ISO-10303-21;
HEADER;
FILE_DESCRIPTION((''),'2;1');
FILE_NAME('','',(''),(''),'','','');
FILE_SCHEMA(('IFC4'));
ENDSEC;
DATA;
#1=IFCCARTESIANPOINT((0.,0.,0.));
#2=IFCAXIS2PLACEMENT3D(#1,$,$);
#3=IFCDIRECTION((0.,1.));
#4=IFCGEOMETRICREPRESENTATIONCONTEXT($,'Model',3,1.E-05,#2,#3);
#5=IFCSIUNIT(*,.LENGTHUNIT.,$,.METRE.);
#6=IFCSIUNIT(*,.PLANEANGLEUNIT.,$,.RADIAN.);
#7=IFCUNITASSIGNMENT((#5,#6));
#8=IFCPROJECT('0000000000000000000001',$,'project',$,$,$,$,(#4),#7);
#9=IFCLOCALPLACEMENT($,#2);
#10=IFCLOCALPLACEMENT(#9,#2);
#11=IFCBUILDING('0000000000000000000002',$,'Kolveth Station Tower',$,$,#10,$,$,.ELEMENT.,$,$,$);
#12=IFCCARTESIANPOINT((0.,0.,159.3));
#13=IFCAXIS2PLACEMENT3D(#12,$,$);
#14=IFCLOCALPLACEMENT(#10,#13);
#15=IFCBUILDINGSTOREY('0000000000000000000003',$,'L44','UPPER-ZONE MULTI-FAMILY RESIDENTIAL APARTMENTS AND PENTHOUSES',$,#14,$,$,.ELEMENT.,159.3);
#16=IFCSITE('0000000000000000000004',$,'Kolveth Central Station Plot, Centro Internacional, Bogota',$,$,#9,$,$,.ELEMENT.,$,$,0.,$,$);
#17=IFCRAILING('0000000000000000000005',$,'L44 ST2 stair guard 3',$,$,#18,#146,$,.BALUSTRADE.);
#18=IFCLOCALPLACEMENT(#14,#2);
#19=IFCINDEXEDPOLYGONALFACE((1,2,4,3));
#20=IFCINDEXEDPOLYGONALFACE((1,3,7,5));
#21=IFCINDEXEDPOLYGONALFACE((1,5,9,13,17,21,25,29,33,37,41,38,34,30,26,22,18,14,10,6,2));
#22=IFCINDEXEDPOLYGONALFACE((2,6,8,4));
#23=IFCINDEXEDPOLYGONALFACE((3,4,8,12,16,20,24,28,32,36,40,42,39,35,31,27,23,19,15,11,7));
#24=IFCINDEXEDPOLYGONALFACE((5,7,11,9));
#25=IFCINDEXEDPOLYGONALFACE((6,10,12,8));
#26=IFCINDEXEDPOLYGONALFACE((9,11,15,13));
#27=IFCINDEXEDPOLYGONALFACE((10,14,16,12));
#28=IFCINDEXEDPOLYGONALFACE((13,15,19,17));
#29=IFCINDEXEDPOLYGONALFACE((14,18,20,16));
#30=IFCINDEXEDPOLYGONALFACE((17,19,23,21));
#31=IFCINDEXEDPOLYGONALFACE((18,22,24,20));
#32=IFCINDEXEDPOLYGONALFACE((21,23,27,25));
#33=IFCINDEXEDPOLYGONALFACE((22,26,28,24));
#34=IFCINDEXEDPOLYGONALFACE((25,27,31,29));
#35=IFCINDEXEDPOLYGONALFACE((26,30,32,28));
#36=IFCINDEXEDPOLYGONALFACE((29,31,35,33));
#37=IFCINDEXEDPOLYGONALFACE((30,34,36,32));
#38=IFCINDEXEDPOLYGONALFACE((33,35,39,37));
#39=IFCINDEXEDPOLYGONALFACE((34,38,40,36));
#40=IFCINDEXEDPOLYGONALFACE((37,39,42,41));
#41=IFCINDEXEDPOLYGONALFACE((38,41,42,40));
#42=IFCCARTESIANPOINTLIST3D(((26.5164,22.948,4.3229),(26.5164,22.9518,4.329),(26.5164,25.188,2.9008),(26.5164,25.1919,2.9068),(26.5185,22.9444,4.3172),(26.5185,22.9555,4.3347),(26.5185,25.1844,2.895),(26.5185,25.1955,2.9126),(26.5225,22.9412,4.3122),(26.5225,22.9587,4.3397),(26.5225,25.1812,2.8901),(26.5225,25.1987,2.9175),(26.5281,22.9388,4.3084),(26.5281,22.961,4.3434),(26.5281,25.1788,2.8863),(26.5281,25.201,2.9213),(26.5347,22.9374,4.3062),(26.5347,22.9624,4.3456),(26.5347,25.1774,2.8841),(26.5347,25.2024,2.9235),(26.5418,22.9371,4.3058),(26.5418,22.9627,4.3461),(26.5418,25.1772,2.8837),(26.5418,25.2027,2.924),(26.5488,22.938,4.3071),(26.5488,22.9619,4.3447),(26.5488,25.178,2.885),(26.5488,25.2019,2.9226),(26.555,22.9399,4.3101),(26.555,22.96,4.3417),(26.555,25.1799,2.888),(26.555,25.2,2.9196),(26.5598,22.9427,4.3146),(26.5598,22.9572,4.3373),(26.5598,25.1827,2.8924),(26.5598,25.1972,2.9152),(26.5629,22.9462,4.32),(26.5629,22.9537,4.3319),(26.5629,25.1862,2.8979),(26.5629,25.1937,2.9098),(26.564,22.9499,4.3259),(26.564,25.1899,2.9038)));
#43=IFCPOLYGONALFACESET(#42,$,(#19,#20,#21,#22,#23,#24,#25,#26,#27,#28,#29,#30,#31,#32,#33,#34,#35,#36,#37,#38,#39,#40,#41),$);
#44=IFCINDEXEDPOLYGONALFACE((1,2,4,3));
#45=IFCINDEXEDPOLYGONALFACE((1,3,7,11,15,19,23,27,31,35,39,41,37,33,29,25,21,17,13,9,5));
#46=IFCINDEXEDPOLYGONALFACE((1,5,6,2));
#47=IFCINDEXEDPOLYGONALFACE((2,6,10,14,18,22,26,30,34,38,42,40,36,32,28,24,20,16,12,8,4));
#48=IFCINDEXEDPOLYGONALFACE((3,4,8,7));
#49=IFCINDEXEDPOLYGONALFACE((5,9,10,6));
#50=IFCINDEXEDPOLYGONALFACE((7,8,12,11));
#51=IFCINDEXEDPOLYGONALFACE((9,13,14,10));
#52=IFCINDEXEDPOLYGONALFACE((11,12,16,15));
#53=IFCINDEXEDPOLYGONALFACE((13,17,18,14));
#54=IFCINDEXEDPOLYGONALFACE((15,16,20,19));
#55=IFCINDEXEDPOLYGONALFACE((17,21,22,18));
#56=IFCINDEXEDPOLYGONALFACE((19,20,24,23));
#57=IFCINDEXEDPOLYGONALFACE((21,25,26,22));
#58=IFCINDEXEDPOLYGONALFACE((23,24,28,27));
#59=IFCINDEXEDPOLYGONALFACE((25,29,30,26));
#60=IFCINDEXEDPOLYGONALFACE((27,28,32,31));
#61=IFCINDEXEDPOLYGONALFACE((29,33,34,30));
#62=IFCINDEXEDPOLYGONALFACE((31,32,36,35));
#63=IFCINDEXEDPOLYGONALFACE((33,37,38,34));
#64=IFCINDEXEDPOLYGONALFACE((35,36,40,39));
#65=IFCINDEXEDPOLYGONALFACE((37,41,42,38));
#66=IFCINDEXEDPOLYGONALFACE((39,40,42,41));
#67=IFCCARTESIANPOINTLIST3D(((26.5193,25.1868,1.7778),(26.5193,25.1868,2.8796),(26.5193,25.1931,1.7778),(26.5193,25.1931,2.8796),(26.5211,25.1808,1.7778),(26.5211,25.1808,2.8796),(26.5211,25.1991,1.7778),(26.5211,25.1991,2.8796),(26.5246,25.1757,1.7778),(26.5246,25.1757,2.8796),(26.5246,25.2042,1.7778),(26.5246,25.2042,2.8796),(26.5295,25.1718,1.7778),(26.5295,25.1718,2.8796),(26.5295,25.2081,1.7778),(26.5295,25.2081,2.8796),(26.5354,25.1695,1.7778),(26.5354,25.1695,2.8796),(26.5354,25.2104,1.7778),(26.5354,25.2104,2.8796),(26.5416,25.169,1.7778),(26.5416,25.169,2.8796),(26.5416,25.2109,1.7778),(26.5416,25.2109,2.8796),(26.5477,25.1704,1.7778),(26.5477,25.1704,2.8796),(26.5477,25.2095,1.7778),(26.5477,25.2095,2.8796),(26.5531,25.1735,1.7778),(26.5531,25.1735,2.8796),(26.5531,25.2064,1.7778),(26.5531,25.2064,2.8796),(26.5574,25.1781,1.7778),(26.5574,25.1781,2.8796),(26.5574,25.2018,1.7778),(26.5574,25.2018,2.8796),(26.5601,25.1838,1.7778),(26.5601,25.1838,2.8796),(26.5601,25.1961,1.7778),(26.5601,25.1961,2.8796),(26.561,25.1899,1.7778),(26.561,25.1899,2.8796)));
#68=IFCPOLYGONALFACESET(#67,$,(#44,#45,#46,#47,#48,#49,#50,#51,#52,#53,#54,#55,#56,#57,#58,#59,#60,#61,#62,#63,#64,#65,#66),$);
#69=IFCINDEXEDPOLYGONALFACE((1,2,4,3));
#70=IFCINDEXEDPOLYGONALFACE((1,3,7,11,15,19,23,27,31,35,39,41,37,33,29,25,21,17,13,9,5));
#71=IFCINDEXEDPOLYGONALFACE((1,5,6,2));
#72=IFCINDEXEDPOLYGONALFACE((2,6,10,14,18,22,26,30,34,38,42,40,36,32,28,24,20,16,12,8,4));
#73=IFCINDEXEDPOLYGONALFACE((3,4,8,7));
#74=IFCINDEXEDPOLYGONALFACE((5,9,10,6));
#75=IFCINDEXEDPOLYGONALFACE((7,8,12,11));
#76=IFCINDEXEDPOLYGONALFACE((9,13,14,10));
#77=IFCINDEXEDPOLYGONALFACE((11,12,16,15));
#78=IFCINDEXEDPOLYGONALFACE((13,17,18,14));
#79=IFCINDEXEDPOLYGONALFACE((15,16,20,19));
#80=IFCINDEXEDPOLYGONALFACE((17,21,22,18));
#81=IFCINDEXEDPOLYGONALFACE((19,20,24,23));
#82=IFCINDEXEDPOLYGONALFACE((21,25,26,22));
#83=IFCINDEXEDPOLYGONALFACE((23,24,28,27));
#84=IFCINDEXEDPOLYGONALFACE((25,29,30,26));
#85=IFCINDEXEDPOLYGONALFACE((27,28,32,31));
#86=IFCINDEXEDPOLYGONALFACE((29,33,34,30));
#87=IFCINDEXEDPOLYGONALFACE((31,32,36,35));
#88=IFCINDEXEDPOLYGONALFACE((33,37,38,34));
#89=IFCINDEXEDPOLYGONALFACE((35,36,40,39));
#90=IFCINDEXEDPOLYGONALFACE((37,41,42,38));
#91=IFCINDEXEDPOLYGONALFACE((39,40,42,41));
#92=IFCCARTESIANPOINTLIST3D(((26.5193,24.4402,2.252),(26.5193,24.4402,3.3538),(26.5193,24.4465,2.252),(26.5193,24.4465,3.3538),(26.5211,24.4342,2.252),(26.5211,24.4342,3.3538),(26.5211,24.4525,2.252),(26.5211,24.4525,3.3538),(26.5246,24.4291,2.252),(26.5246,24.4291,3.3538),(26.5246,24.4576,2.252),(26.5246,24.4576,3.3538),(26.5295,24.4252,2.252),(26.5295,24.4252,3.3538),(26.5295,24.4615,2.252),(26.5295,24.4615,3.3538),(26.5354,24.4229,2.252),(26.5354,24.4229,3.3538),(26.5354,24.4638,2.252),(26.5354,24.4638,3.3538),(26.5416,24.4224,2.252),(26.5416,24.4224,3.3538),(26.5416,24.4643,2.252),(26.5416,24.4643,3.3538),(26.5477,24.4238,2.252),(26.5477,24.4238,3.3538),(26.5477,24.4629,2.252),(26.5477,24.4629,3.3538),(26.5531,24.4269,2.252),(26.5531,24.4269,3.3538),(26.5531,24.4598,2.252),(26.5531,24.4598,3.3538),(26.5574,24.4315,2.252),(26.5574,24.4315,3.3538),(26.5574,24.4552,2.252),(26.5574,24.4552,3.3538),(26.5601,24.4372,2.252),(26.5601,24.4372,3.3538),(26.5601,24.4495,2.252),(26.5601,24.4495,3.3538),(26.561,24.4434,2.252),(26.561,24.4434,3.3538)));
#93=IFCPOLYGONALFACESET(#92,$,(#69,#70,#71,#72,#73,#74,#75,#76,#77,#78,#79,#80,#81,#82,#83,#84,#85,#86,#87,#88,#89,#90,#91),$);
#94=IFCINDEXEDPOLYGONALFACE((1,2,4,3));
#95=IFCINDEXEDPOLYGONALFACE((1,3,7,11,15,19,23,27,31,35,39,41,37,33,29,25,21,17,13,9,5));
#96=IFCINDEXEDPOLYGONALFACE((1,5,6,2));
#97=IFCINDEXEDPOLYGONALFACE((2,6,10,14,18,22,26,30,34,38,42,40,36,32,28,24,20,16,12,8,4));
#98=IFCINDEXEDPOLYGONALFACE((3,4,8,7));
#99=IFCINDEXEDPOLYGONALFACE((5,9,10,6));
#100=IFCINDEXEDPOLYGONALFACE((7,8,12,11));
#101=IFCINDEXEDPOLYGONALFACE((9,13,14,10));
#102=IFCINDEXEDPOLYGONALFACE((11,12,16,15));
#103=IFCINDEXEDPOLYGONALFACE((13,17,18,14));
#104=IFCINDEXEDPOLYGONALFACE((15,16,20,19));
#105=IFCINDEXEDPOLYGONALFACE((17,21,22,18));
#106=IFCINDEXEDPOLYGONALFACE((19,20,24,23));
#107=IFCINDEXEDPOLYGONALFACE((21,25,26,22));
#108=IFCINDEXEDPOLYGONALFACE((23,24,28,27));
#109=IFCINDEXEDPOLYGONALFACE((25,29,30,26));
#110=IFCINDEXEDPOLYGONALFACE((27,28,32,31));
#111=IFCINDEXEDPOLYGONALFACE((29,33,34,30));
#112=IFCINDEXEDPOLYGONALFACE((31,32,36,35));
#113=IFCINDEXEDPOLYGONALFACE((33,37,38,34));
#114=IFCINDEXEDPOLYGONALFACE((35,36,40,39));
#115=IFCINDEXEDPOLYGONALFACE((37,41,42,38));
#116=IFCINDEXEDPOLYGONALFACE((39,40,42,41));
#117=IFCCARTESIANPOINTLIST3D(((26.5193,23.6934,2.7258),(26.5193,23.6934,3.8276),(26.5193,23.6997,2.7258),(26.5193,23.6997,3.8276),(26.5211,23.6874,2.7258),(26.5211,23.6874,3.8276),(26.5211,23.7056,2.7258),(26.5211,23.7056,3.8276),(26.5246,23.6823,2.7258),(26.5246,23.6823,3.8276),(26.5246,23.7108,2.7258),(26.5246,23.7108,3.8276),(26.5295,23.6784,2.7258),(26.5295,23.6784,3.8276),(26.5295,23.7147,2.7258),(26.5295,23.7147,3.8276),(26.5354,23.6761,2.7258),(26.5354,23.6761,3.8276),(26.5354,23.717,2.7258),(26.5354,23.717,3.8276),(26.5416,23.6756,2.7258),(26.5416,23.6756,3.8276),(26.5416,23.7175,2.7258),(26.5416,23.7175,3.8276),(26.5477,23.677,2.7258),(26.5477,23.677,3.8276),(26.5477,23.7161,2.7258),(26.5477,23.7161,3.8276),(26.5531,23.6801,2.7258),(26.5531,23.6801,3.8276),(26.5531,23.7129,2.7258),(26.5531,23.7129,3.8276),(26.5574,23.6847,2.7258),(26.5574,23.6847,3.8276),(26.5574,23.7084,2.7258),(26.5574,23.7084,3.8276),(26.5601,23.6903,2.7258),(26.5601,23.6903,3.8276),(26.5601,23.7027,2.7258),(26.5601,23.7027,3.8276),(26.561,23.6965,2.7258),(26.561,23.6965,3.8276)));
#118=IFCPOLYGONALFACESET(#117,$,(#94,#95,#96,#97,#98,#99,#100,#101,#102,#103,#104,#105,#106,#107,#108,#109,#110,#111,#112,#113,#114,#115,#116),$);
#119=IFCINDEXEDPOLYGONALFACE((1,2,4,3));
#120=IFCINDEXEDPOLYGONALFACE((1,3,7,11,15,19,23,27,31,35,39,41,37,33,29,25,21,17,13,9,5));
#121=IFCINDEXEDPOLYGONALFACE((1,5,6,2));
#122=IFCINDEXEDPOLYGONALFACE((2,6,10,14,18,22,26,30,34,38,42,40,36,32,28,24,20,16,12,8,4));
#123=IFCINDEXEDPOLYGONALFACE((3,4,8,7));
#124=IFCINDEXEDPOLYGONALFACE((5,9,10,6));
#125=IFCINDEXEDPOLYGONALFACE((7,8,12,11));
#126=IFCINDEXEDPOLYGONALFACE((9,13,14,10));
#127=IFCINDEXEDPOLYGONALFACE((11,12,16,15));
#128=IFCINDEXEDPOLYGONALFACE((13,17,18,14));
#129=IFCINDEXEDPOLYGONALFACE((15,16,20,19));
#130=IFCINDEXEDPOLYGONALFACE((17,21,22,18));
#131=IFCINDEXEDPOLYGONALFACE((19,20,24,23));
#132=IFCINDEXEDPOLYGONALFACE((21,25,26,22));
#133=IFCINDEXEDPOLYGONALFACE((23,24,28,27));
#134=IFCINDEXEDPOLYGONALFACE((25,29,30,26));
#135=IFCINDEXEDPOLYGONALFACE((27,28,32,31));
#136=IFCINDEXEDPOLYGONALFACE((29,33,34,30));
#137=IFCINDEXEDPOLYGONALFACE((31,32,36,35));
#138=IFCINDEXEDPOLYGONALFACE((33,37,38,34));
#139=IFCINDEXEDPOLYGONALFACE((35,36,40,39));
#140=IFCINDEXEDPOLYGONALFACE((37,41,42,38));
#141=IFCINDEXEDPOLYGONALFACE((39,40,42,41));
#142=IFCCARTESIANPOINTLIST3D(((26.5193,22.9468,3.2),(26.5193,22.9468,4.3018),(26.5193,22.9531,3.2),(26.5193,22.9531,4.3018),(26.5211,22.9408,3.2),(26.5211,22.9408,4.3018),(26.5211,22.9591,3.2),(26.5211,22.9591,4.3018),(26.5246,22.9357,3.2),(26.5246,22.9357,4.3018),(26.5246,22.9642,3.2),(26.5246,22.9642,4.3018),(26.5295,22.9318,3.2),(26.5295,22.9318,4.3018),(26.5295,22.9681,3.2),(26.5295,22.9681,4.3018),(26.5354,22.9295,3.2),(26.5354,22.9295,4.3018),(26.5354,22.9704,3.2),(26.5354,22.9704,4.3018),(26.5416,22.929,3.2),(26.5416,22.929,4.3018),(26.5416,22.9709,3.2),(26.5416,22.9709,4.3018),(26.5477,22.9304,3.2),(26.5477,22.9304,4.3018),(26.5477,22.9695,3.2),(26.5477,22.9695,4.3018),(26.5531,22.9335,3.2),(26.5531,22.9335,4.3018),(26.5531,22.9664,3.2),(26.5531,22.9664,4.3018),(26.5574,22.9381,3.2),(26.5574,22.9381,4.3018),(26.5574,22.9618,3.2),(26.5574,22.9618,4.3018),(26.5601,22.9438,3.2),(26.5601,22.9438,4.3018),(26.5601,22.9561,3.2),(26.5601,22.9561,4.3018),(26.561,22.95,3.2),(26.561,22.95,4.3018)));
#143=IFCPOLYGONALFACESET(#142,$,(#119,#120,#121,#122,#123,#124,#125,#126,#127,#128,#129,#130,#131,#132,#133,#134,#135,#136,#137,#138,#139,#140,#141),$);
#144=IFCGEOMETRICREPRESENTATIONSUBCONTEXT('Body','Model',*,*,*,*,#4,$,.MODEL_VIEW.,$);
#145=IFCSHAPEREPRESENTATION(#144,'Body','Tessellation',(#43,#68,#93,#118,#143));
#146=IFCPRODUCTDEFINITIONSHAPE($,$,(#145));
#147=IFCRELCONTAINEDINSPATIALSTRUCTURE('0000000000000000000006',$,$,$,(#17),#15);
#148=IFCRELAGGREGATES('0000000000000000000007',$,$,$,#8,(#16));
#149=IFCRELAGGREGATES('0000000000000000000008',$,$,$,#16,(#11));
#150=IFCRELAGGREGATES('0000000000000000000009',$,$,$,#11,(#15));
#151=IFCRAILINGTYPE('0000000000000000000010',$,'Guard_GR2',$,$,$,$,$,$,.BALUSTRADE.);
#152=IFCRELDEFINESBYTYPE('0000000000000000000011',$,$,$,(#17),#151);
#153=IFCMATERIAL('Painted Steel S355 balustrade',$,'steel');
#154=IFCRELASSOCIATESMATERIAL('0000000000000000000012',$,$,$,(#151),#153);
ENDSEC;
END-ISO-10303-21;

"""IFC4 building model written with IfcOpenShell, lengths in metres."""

from ifc_helpers import new_model, si_unit, direction, frame, origin, origin_2d, place, context, subcontext, project, spatial, circle, extrude, material, type_object, element, save


model = new_model("IFC4")

# Units and contexts
model_context = context("Model", 3, precision=1e-05, world=origin(), true_north=direction((0.0, 1.0)))
body_context = subcontext(model_context, "Body", "Model", "MODEL_VIEW")
ifc_project = project(units=[si_unit("LENGTHUNIT", "METRE"), si_unit("PLANEANGLEUNIT", "RADIAN")], contexts=[model_context])

# Site, building, storey
site_placement = place(None, origin())
site = spatial("IfcSite", under=ifc_project, at=site_placement, Name="Kolveth Central Station Plot, Centro Internacional, Bogota", CompositionType="ELEMENT", RefElevation=0.0)
building_placement = place(site_placement, origin())
building = spatial("IfcBuilding", under=site, at=building_placement, Name="Kolveth Station Tower", CompositionType="ELEMENT")
storey_placement = place(building_placement, frame((0.0, 0.0, 159.3)))
storey = spatial("IfcBuildingStorey", under=building, at=storey_placement, Name="L44", Description="UPPER-ZONE MULTI-FAMILY RESIDENTIAL APARTMENTS AND PENTHOUSES", CompositionType="ELEMENT", Elevation=159.3)

# Railing
ifc_material_1 = material(Name="Painted Steel S355 balustrade", Category="steel")
railing_type_1 = type_object("IfcRailingType", Name="Guard_GR2", PredefinedType="BALUSTRADE", material=ifc_material_1)
railing_1_placement = place(storey_placement, frame((26.54, 25.1899, 1.7778)))
element("IfcRailing", 1, at=railing_1_placement, inside=storey, type_object=railing_type_1, Name="L44 ST2 stair guard 3", PredefinedType="BALUSTRADE", context=body_context, shape_type="SweptSolid", body=[
    extrude(circle(Radius=0.0239, at=origin_2d()), frame((0.0, 0.0, 1.126), z_axis=(0.0, -0.844229, 0.535982), x_axis=(1.0, 0.0, 0.0)), (0.0, 0.0, 1.0), 2.6533),
    extrude(circle(Radius=0.021, at=origin_2d()), origin(), (0.0, 0.0, 1.0), 1.1018),
    extrude(circle(Radius=0.021, at=origin_2d()), frame((0.0, -0.7466, 0.4741)), (0.0, 0.0, 1.0), 1.1018),
    extrude(circle(Radius=0.021, at=origin_2d()), frame((0.0, -1.4934, 0.948)), (0.0, 0.0, 1.0), 1.1018),
    extrude(circle(Radius=0.021, at=origin_2d()), frame((0.0, -2.24, 1.4221)), (0.0, 0.0, 1.0), 1.1018),
])

save(model, "model.ifc")
